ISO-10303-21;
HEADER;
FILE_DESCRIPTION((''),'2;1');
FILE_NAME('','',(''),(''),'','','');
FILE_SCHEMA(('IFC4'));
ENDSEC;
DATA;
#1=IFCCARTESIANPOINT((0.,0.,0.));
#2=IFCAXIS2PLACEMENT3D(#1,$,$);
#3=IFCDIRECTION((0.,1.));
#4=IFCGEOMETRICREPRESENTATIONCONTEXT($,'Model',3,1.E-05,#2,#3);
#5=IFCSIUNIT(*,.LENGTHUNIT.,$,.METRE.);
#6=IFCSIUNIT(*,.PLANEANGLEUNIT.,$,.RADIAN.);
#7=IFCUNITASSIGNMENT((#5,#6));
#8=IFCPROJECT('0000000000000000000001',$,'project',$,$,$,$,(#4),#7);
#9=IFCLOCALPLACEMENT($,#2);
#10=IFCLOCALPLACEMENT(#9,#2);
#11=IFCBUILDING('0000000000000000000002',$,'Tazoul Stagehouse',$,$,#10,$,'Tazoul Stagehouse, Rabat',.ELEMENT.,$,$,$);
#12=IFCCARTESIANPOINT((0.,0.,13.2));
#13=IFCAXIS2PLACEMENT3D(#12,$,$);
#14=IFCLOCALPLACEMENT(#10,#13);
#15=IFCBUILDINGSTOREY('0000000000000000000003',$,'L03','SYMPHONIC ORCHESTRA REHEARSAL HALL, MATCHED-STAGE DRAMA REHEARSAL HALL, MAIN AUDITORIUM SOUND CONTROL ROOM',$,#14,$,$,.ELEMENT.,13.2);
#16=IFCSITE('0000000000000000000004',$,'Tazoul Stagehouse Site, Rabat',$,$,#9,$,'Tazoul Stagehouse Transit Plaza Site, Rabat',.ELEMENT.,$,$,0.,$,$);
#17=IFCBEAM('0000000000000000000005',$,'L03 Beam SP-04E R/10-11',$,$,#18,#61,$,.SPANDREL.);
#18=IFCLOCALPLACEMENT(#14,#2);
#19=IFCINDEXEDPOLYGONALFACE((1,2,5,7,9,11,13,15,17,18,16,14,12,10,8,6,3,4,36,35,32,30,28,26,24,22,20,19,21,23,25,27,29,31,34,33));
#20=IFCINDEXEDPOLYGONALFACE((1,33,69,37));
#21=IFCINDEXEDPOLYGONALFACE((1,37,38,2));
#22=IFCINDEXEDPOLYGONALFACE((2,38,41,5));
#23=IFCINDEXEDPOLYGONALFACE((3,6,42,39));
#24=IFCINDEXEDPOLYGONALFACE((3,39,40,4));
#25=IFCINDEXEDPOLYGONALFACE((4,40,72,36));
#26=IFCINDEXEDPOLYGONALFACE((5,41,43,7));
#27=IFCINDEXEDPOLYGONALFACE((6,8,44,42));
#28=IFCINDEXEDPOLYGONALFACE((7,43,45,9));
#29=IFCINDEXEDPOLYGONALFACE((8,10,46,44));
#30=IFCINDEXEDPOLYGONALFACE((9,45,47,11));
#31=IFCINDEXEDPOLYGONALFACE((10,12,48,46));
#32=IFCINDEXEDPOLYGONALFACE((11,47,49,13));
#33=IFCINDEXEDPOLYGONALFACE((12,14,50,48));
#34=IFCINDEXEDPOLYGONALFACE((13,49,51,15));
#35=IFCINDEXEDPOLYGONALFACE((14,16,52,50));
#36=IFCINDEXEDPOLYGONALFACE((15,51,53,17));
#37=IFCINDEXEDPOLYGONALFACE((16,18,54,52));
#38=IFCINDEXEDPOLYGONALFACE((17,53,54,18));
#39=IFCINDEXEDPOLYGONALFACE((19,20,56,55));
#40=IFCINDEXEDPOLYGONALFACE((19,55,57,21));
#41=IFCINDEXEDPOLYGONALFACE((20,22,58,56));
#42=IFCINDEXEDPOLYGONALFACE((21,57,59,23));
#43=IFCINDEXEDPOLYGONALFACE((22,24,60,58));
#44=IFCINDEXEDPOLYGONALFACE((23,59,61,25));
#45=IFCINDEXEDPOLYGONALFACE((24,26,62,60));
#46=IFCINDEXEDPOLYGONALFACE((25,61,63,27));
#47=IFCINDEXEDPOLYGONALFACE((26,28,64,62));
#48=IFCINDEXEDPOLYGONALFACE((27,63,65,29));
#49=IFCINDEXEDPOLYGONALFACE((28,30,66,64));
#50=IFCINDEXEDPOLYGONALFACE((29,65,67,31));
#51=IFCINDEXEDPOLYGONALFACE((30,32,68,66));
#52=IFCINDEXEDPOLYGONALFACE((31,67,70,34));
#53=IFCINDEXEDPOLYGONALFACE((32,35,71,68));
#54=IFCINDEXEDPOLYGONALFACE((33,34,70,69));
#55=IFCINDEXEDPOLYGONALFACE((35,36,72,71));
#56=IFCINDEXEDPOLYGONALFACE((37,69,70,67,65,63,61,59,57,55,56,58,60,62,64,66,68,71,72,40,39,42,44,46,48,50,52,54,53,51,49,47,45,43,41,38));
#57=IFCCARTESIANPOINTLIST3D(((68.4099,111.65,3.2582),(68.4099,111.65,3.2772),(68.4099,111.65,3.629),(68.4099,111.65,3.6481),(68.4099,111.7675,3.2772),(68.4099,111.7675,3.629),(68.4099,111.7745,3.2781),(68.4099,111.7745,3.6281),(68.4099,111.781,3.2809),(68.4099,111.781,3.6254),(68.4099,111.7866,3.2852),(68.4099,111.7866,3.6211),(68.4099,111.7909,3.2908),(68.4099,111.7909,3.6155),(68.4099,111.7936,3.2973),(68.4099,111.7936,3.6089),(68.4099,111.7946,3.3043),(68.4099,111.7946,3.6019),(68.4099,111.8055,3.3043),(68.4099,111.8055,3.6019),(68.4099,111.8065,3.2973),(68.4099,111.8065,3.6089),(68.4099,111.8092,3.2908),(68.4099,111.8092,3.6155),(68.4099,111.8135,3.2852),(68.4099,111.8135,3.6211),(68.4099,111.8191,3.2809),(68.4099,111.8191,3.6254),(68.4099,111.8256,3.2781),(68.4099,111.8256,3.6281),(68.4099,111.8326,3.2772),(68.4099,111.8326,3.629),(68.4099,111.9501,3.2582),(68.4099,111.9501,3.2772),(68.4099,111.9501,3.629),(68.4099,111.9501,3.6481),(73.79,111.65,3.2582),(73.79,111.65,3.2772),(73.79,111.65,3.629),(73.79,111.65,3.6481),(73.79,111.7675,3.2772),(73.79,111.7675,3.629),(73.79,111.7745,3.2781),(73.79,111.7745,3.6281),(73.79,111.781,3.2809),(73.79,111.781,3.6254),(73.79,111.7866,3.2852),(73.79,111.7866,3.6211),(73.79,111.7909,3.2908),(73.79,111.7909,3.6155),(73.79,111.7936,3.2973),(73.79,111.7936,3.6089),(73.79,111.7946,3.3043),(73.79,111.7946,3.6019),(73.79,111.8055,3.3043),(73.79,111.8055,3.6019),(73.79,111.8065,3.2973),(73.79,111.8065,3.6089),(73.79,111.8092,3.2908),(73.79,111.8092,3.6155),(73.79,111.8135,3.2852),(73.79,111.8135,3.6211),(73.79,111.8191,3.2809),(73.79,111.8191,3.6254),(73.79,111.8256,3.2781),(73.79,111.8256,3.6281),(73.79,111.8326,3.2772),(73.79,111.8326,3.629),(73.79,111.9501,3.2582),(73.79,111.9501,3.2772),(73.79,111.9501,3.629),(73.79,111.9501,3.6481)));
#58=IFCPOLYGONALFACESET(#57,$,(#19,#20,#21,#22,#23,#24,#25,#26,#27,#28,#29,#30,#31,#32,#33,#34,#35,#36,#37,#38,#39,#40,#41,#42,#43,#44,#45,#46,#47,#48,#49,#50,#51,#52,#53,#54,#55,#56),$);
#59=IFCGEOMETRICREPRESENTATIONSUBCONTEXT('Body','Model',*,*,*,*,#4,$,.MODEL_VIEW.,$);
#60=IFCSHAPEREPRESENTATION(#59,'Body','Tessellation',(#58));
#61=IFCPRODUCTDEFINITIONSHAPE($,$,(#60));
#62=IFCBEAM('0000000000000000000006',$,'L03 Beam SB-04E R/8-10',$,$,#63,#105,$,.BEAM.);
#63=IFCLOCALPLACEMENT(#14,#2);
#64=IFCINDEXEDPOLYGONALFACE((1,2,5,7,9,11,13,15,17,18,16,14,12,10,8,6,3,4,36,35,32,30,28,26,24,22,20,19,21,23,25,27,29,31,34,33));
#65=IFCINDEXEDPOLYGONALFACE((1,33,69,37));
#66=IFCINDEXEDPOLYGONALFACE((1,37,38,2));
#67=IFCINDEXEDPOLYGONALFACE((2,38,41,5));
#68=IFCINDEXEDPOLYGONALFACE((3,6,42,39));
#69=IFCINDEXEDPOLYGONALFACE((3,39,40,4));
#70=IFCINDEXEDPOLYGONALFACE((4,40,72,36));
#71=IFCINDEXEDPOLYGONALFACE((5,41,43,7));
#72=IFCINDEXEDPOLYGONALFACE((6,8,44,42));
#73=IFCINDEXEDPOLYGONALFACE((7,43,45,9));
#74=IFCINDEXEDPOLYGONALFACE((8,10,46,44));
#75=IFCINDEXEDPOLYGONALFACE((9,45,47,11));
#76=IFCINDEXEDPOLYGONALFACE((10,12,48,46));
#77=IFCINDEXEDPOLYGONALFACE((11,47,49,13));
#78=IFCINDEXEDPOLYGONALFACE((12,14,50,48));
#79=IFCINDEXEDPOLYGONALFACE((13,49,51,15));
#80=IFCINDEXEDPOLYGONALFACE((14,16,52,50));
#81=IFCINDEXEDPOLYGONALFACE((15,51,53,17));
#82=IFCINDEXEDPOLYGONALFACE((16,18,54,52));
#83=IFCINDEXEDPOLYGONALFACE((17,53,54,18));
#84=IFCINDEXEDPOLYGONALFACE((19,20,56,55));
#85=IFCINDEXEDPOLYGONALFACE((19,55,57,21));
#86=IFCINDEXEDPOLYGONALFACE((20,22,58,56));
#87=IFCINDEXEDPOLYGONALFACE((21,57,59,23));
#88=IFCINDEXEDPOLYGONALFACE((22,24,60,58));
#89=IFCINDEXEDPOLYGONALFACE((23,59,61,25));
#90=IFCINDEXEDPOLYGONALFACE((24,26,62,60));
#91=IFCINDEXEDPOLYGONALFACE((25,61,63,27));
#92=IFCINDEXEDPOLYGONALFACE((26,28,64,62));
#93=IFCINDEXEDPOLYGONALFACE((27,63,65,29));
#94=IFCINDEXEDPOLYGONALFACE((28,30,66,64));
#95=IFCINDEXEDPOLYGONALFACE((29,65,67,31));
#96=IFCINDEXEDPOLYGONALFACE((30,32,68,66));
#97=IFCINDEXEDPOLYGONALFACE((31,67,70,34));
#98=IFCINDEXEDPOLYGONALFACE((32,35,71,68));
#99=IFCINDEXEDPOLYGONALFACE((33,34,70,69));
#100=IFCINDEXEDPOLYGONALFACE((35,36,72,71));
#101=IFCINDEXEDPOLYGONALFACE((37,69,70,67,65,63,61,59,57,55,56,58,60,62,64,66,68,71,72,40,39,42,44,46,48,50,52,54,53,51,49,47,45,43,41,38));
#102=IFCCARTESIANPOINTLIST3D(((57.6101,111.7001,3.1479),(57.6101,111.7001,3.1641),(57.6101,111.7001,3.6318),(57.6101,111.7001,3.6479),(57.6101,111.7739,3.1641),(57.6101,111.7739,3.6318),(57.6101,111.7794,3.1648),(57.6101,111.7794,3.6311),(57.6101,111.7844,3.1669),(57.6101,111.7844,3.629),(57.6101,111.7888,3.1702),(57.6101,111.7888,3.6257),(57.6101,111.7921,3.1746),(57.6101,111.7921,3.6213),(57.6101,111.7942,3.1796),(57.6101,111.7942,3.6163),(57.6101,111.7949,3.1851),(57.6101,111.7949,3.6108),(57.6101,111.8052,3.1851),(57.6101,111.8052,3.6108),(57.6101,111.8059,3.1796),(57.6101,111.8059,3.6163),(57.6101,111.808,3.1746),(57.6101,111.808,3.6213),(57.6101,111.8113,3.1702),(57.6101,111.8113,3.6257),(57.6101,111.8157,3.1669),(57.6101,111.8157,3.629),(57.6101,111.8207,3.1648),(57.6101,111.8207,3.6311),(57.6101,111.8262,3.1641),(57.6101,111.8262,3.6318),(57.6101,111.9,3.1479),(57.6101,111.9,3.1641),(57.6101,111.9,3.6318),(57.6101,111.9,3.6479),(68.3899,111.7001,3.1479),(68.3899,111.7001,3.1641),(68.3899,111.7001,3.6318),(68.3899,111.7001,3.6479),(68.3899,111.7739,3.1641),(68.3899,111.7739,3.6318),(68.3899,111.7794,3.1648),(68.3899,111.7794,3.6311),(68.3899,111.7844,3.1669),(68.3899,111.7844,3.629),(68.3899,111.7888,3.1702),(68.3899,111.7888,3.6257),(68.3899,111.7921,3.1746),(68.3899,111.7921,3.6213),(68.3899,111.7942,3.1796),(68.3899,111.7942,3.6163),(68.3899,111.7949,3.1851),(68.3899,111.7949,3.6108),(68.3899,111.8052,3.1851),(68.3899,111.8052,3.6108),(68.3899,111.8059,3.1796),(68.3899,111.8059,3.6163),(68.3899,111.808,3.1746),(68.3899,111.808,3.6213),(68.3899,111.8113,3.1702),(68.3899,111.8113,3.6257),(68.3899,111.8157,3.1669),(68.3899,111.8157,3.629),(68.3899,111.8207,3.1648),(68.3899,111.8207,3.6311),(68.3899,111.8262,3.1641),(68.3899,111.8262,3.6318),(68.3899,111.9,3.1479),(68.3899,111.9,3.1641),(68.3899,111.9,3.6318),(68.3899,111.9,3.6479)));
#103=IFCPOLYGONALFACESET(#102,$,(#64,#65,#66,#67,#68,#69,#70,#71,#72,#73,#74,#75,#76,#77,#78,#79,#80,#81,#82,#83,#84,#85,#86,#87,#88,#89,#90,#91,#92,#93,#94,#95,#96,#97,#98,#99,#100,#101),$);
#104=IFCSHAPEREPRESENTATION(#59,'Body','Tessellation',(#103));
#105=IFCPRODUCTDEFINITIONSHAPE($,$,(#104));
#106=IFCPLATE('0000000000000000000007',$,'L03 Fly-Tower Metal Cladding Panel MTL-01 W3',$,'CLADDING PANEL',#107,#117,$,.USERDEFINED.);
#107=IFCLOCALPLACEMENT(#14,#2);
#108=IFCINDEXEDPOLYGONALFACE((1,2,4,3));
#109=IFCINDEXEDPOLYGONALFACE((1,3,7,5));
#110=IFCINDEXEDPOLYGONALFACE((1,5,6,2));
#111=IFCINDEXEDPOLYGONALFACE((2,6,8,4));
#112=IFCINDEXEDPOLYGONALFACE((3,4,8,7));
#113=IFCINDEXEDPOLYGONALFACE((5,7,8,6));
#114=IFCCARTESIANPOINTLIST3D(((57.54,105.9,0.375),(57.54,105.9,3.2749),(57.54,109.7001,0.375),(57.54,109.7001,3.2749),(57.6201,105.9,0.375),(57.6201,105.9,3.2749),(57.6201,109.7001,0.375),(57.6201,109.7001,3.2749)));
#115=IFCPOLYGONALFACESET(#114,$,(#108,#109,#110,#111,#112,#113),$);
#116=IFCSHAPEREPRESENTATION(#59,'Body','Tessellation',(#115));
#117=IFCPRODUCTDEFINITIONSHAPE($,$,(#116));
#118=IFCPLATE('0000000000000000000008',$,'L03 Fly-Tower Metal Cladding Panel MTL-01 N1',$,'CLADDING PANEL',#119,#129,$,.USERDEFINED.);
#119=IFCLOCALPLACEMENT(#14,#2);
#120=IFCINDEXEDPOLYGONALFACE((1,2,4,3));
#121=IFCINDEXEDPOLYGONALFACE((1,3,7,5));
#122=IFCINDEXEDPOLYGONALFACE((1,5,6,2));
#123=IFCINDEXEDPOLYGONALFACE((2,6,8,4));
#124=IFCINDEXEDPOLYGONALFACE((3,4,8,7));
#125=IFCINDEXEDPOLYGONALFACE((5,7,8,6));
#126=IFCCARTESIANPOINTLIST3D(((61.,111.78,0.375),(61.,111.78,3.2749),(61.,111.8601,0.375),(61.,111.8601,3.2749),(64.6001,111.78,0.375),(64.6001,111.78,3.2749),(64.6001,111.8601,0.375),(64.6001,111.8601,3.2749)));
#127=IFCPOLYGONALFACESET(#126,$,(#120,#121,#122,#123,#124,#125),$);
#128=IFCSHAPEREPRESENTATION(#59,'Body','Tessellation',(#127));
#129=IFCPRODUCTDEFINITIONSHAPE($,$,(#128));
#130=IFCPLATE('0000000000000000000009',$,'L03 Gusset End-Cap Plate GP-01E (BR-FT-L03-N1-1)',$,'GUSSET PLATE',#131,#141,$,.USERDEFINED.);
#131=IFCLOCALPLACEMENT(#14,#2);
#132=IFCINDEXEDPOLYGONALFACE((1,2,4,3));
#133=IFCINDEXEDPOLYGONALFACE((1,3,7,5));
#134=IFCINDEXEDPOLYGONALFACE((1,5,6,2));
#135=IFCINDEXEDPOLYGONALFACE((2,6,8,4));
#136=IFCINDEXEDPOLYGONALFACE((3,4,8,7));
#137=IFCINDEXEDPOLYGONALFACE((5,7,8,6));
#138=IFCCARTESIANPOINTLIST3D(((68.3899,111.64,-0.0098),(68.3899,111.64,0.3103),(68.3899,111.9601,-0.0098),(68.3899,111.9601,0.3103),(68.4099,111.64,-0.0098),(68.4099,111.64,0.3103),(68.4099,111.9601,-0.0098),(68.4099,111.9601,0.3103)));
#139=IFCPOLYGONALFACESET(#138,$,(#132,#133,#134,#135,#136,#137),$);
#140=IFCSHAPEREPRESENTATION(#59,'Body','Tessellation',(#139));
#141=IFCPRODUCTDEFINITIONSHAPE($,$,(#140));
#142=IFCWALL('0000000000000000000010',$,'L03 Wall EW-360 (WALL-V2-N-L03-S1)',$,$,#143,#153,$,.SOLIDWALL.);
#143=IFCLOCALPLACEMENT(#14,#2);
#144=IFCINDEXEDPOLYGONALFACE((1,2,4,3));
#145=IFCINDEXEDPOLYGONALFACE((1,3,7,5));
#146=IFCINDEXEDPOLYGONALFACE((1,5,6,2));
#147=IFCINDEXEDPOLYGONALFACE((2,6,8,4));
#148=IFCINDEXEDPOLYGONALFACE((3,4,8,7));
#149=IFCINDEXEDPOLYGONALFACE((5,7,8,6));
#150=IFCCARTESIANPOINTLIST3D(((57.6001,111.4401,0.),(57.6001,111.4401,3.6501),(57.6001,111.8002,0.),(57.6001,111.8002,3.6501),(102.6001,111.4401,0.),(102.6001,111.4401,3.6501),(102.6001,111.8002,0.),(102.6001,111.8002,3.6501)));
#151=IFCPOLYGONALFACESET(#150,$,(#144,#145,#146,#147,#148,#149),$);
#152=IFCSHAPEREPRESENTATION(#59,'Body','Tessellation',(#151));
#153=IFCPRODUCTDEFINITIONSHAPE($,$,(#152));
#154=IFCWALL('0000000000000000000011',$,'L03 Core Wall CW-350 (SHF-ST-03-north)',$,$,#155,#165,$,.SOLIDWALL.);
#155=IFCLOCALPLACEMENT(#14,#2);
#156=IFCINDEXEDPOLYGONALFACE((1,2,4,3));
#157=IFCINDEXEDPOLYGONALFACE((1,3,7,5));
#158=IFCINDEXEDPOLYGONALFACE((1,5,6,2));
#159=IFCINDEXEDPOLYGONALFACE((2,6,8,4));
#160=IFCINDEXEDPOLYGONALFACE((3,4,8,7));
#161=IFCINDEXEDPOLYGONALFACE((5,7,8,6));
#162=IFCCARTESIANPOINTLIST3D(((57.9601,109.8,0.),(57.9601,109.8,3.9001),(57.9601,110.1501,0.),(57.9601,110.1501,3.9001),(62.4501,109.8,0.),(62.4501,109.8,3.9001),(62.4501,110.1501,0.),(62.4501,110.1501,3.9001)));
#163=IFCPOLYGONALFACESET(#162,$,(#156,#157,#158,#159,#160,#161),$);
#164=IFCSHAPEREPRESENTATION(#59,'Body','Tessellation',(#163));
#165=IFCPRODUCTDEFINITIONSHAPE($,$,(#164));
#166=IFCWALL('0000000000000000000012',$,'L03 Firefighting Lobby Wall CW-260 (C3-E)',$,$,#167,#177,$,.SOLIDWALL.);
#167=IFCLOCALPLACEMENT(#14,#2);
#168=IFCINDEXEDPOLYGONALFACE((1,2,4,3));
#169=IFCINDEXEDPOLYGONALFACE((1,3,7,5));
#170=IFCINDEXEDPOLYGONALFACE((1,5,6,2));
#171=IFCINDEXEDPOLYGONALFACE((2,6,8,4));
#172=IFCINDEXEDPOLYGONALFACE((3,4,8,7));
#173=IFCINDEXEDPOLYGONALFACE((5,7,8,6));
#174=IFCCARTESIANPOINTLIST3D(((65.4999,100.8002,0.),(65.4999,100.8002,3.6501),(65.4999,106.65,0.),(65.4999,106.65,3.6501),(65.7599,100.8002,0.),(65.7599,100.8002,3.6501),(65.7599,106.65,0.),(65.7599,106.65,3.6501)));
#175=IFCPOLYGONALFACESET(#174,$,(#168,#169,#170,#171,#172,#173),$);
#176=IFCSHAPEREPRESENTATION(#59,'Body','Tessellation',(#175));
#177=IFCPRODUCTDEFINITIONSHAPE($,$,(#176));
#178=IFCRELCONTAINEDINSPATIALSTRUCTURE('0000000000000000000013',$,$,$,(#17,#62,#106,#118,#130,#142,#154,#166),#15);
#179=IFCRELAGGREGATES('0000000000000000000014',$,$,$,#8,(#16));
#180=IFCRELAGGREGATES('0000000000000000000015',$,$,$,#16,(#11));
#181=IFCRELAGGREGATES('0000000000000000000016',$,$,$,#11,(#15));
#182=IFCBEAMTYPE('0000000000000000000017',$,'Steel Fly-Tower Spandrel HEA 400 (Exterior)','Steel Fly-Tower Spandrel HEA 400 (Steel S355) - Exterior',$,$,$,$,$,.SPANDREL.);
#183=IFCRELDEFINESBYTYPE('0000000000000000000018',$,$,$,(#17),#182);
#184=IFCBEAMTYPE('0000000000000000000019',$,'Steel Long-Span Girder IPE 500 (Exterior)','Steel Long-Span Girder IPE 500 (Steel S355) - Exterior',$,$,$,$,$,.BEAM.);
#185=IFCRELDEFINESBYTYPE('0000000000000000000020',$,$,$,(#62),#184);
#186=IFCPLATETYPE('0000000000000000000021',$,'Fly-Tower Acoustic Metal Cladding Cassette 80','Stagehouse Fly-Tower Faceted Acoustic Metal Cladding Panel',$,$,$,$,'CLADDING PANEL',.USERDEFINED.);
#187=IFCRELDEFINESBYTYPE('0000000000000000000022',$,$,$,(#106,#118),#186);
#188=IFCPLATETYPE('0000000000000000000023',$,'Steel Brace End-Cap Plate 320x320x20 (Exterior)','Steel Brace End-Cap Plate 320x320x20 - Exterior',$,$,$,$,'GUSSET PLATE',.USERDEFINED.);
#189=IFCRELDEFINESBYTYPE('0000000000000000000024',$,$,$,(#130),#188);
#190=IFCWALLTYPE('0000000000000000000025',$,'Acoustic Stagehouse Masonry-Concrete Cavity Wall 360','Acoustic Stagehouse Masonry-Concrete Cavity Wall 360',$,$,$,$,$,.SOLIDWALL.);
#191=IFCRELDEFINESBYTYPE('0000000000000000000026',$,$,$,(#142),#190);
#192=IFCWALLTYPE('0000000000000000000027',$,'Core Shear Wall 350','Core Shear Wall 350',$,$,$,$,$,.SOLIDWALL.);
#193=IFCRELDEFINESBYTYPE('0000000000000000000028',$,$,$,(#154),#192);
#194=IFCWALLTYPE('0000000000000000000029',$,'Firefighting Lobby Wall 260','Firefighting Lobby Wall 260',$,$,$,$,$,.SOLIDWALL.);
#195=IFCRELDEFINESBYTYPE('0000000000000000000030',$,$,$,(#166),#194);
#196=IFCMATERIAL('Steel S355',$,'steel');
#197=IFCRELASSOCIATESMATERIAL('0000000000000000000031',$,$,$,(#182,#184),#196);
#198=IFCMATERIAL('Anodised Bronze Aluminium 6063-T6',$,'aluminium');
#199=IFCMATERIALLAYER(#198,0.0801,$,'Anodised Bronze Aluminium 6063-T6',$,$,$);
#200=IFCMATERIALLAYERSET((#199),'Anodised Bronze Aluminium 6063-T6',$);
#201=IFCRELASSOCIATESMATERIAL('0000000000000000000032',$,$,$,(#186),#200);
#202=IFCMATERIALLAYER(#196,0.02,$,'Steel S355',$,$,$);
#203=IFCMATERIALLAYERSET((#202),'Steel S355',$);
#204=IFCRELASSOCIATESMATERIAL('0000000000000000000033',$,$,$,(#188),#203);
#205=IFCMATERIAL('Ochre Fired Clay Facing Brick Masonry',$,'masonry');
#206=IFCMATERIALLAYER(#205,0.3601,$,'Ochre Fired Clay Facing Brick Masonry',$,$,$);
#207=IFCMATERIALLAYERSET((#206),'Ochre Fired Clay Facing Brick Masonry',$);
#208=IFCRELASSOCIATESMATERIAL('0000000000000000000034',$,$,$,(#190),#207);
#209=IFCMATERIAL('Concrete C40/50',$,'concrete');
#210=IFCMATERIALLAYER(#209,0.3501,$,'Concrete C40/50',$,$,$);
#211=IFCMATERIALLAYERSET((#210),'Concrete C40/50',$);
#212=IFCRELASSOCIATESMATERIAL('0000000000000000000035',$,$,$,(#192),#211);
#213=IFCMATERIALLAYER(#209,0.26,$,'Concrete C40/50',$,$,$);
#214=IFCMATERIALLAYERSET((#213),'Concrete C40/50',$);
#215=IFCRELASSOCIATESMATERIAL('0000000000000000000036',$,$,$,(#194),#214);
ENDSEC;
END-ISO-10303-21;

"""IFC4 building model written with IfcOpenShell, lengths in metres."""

from ifc_helpers import new_model, si_unit, direction, frame, frame_2d, origin, origin_2d, place, context, subcontext, project, spatial, rectangle, i_section, extrude, material, layer, layer_set, material_profile, profile_set, type_object, element, save


model = new_model("IFC4")

# Units and contexts
model_context = context("Model", 3, precision=1e-05, world=origin(), true_north=direction((0.0, 1.0)))
body_context = subcontext(model_context, "Body", "Model", "MODEL_VIEW")
ifc_project = project(units=[si_unit("LENGTHUNIT", "METRE"), si_unit("PLANEANGLEUNIT", "RADIAN")], contexts=[model_context])

# Site, building, storey
site_placement = place(None, origin())
site = spatial("IfcSite", under=ifc_project, at=site_placement, Name="Tazoul Stagehouse Site, Rabat", LongName="Tazoul Stagehouse Transit Plaza Site, Rabat", CompositionType="ELEMENT", RefElevation=0.0)
building_placement = place(site_placement, origin())
building = spatial("IfcBuilding", under=site, at=building_placement, Name="Tazoul Stagehouse", LongName="Tazoul Stagehouse, Rabat", CompositionType="ELEMENT")
storey_placement = place(building_placement, frame((0.0, 0.0, 13.2)))
storey = spatial("IfcBuildingStorey", under=building, at=storey_placement, Name="L03", Description="SYMPHONIC ORCHESTRA REHEARSAL HALL, MATCHED-STAGE DRAMA REHEARSAL HALL, MAIN AUDITORIUM SOUND CONTROL ROOM", CompositionType="ELEMENT", Elevation=13.2)

# Shared definitions
ifc_material_1 = material(Name="Steel S355", Category="steel")

# Beams
ifc_material_2 = material(Name="Concrete C40/50", Category="concrete")
ifc_material_profile_1 = material_profile(ifc_material_1, i_section(OverallWidth=0.3, OverallDepth=0.3899, WebThickness=0.011, FlangeThickness=0.019, FilletRadius=0.0271, at=origin_2d()), Name="HEA 400")
ifc_profile_set_1 = profile_set([ifc_material_profile_1], Name="Steel S355")
beam_type_1 = type_object("IfcBeamType", Name="Steel Fly-Tower Spandrel HEA 400 (Exterior)", Description="Steel Fly-Tower Spandrel HEA 400 (Steel S355) - Exterior", PredefinedType="SPANDREL", material=ifc_profile_set_1)
beam_1_placement = place(storey_placement, frame((68.4099, 111.8, 3.4531), z_axis=(1.0, 0.0, 0.0), x_axis=(0.0, 1.0, 0.0)))
element("IfcBeam", 1, at=beam_1_placement, inside=storey, type_object=beam_type_1, Name="L03 Beam SP-04E R/10-11", PredefinedType="SPANDREL", context=body_context, shape_type="SweptSolid", body=[
    extrude(i_section(OverallWidth=0.3, OverallDepth=0.3899, WebThickness=0.011, FlangeThickness=0.019, FilletRadius=0.0271, at=origin_2d()), origin(), (0.0, 0.0, 1.0), 5.3801),
])
ifc_material_profile_2 = material_profile(ifc_material_1, i_section(OverallWidth=0.2, OverallDepth=0.5, WebThickness=0.0103, FlangeThickness=0.0161, FilletRadius=0.021, at=origin_2d()), Name="IPE 500")
ifc_profile_set_2 = profile_set([ifc_material_profile_2], Name="Steel S355")
beam_type_2 = type_object("IfcBeamType", Name="Steel Long-Span Girder IPE 500 (Exterior)", Description="Steel Long-Span Girder IPE 500 (Steel S355) - Exterior", PredefinedType="BEAM", material=ifc_profile_set_2)
beam_2_placement = place(storey_placement, frame((57.6101, 111.8, 3.3979), z_axis=(1.0, 0.0, 0.0), x_axis=(0.0, 1.0, 0.0)))
element("IfcBeam", 2, at=beam_2_placement, inside=storey, type_object=beam_type_2, Name="L03 Beam SB-04E R/8-10", PredefinedType="BEAM", context=body_context, shape_type="SweptSolid", body=[
    extrude(i_section(OverallWidth=0.2, OverallDepth=0.5, WebThickness=0.0103, FlangeThickness=0.0161, FilletRadius=0.021, at=origin_2d()), origin(), (0.0, 0.0, 1.0), 10.7798),
])

# Plates
ifc_material_3 = material(Name="Anodised Bronze Aluminium 6063-T6", Category="aluminium")
ifc_layer_1 = layer(ifc_material_3, 0.0801, Name="Anodised Bronze Aluminium 6063-T6")
ifc_layer_set_1 = layer_set([ifc_layer_1], Name="Anodised Bronze Aluminium 6063-T6")
plate_type_1 = type_object("IfcPlateType", Name="Fly-Tower Acoustic Metal Cladding Cassette 80", Description="Stagehouse Fly-Tower Faceted Acoustic Metal Cladding Panel", ElementType="CLADDING PANEL", PredefinedType="USERDEFINED", material=ifc_layer_set_1)
plate_1_placement = place(storey_placement, frame((57.5801, 107.8, 0.375), z_axis=(0.0, 0.0, 1.0), x_axis=(0.0, 1.0, 0.0)))
element("IfcPlate", 3, at=plate_1_placement, inside=storey, type_object=plate_type_1, Name="L03 Fly-Tower Metal Cladding Panel MTL-01 W3", ObjectType="CLADDING PANEL", PredefinedType="USERDEFINED", context=body_context, shape_type="SweptSolid", body=[
    extrude(rectangle(XDim=3.8, YDim=0.0801, at=origin_2d()), origin(), (0.0, 0.0, 1.0), 2.8999),
])
plate_2_placement = place(storey_placement, frame((62.8, 111.8201, 0.375), z_axis=(0.0, 0.0, 1.0), x_axis=(1.0, 0.0, 0.0)))
element("IfcPlate", 4, at=plate_2_placement, inside=storey, type_object=plate_type_1, Name="L03 Fly-Tower Metal Cladding Panel MTL-01 N1", ObjectType="CLADDING PANEL", PredefinedType="USERDEFINED", context=body_context, shape_type="SweptSolid", body=[
    extrude(rectangle(XDim=3.6001, YDim=0.0801, at=origin_2d()), origin(), (0.0, 0.0, 1.0), 2.8999),
])
ifc_layer_2 = layer(ifc_material_1, 0.02, Name="Steel S355")
ifc_layer_set_2 = layer_set([ifc_layer_2], Name="Steel S355")
plate_type_2 = type_object("IfcPlateType", Name="Steel Brace End-Cap Plate 320x320x20 (Exterior)", Description="Steel Brace End-Cap Plate 320x320x20 - Exterior", ElementType="GUSSET PLATE", PredefinedType="USERDEFINED", material=ifc_layer_set_2)
plate_3_placement = place(storey_placement, frame((68.3999, 111.8, -0.0098), z_axis=(0.0, 0.0, 1.0), x_axis=(1.0, 0.0, 0.0)))
element("IfcPlate", 5, at=plate_3_placement, inside=storey, type_object=plate_type_2, Name="L03 Gusset End-Cap Plate GP-01E (BR-FT-L03-N1-1)", ObjectType="GUSSET PLATE", PredefinedType="USERDEFINED", context=body_context, shape_type="SweptSolid", body=[
    extrude(rectangle(XDim=0.02, YDim=0.3201, at=origin_2d()), origin(), (0.0, 0.0, 1.0), 0.3201),
])

# Walls
ifc_material_4 = material(Name="Ochre Fired Clay Facing Brick Masonry", Category="masonry")
ifc_layer_3 = layer(ifc_material_4, 0.3601, Name="Ochre Fired Clay Facing Brick Masonry")
ifc_layer_set_3 = layer_set([ifc_layer_3], Name="Ochre Fired Clay Facing Brick Masonry")
wall_type_1 = type_object("IfcWallType", Name="Acoustic Stagehouse Masonry-Concrete Cavity Wall 360", Description="Acoustic Stagehouse Masonry-Concrete Cavity Wall 360", PredefinedType="SOLIDWALL", material=ifc_layer_set_3)
wall_1_placement = place(storey_placement, frame((57.6001, 111.6201, 0.0), z_axis=(0.0, 0.0, 1.0), x_axis=(1.0, 0.0, 0.0)))
element("IfcWall", 6, at=wall_1_placement, inside=storey, type_object=wall_type_1, Name="L03 Wall EW-360 (WALL-V2-N-L03-S1)", PredefinedType="SOLIDWALL", context=body_context, shape_type="SweptSolid", body=[
    extrude(rectangle(XDim=45.0, YDim=0.3601, at=frame_2d((22.5, 0.0))), origin(), (0.0, 0.0, 1.0), 3.6501),
])
ifc_layer_4 = layer(ifc_material_2, 0.3501, Name="Concrete C40/50")
ifc_layer_set_4 = layer_set([ifc_layer_4], Name="Concrete C40/50")
wall_type_2 = type_object("IfcWallType", Name="Core Shear Wall 350", Description="Core Shear Wall 350", PredefinedType="SOLIDWALL", material=ifc_layer_set_4)
wall_2_placement = place(storey_placement, frame((57.96, 109.9751, 0.0), z_axis=(0.0, 0.0, 1.0), x_axis=(1.0, 0.0, 0.0)))
element("IfcWall", 7, at=wall_2_placement, inside=storey, type_object=wall_type_2, Name="L03 Core Wall CW-350 (SHF-ST-03-north)", PredefinedType="SOLIDWALL", context=body_context, shape_type="SweptSolid", body=[
    extrude(rectangle(XDim=4.49, YDim=0.3501, at=frame_2d((2.2451, 0.0))), origin(), (0.0, 0.0, 1.0), 3.9001),
])

# Wall
ifc_layer_5 = layer(ifc_material_2, 0.26, Name="Concrete C40/50")
ifc_layer_set_5 = layer_set([ifc_layer_5], Name="Concrete C40/50")
wall_type_3 = type_object("IfcWallType", Name="Firefighting Lobby Wall 260", Description="Firefighting Lobby Wall 260", PredefinedType="SOLIDWALL", material=ifc_layer_set_5)
wall_3_placement = place(storey_placement, frame((65.6299, 106.6499, 0.0), z_axis=(0.0, 0.0, 1.0), x_axis=(0.0, -1.0, 0.0)))
element("IfcWall", 8, at=wall_3_placement, inside=storey, type_object=wall_type_3, Name="L03 Firefighting Lobby Wall CW-260 (C3-E)", PredefinedType="SOLIDWALL", context=body_context, shape_type="SweptSolid", body=[
    extrude(rectangle(XDim=5.8499, YDim=0.26, at=frame_2d((2.9248, 0.0))), origin(), (0.0, 0.0, 1.0), 3.6501),
])

save(model, "model.ifc")
